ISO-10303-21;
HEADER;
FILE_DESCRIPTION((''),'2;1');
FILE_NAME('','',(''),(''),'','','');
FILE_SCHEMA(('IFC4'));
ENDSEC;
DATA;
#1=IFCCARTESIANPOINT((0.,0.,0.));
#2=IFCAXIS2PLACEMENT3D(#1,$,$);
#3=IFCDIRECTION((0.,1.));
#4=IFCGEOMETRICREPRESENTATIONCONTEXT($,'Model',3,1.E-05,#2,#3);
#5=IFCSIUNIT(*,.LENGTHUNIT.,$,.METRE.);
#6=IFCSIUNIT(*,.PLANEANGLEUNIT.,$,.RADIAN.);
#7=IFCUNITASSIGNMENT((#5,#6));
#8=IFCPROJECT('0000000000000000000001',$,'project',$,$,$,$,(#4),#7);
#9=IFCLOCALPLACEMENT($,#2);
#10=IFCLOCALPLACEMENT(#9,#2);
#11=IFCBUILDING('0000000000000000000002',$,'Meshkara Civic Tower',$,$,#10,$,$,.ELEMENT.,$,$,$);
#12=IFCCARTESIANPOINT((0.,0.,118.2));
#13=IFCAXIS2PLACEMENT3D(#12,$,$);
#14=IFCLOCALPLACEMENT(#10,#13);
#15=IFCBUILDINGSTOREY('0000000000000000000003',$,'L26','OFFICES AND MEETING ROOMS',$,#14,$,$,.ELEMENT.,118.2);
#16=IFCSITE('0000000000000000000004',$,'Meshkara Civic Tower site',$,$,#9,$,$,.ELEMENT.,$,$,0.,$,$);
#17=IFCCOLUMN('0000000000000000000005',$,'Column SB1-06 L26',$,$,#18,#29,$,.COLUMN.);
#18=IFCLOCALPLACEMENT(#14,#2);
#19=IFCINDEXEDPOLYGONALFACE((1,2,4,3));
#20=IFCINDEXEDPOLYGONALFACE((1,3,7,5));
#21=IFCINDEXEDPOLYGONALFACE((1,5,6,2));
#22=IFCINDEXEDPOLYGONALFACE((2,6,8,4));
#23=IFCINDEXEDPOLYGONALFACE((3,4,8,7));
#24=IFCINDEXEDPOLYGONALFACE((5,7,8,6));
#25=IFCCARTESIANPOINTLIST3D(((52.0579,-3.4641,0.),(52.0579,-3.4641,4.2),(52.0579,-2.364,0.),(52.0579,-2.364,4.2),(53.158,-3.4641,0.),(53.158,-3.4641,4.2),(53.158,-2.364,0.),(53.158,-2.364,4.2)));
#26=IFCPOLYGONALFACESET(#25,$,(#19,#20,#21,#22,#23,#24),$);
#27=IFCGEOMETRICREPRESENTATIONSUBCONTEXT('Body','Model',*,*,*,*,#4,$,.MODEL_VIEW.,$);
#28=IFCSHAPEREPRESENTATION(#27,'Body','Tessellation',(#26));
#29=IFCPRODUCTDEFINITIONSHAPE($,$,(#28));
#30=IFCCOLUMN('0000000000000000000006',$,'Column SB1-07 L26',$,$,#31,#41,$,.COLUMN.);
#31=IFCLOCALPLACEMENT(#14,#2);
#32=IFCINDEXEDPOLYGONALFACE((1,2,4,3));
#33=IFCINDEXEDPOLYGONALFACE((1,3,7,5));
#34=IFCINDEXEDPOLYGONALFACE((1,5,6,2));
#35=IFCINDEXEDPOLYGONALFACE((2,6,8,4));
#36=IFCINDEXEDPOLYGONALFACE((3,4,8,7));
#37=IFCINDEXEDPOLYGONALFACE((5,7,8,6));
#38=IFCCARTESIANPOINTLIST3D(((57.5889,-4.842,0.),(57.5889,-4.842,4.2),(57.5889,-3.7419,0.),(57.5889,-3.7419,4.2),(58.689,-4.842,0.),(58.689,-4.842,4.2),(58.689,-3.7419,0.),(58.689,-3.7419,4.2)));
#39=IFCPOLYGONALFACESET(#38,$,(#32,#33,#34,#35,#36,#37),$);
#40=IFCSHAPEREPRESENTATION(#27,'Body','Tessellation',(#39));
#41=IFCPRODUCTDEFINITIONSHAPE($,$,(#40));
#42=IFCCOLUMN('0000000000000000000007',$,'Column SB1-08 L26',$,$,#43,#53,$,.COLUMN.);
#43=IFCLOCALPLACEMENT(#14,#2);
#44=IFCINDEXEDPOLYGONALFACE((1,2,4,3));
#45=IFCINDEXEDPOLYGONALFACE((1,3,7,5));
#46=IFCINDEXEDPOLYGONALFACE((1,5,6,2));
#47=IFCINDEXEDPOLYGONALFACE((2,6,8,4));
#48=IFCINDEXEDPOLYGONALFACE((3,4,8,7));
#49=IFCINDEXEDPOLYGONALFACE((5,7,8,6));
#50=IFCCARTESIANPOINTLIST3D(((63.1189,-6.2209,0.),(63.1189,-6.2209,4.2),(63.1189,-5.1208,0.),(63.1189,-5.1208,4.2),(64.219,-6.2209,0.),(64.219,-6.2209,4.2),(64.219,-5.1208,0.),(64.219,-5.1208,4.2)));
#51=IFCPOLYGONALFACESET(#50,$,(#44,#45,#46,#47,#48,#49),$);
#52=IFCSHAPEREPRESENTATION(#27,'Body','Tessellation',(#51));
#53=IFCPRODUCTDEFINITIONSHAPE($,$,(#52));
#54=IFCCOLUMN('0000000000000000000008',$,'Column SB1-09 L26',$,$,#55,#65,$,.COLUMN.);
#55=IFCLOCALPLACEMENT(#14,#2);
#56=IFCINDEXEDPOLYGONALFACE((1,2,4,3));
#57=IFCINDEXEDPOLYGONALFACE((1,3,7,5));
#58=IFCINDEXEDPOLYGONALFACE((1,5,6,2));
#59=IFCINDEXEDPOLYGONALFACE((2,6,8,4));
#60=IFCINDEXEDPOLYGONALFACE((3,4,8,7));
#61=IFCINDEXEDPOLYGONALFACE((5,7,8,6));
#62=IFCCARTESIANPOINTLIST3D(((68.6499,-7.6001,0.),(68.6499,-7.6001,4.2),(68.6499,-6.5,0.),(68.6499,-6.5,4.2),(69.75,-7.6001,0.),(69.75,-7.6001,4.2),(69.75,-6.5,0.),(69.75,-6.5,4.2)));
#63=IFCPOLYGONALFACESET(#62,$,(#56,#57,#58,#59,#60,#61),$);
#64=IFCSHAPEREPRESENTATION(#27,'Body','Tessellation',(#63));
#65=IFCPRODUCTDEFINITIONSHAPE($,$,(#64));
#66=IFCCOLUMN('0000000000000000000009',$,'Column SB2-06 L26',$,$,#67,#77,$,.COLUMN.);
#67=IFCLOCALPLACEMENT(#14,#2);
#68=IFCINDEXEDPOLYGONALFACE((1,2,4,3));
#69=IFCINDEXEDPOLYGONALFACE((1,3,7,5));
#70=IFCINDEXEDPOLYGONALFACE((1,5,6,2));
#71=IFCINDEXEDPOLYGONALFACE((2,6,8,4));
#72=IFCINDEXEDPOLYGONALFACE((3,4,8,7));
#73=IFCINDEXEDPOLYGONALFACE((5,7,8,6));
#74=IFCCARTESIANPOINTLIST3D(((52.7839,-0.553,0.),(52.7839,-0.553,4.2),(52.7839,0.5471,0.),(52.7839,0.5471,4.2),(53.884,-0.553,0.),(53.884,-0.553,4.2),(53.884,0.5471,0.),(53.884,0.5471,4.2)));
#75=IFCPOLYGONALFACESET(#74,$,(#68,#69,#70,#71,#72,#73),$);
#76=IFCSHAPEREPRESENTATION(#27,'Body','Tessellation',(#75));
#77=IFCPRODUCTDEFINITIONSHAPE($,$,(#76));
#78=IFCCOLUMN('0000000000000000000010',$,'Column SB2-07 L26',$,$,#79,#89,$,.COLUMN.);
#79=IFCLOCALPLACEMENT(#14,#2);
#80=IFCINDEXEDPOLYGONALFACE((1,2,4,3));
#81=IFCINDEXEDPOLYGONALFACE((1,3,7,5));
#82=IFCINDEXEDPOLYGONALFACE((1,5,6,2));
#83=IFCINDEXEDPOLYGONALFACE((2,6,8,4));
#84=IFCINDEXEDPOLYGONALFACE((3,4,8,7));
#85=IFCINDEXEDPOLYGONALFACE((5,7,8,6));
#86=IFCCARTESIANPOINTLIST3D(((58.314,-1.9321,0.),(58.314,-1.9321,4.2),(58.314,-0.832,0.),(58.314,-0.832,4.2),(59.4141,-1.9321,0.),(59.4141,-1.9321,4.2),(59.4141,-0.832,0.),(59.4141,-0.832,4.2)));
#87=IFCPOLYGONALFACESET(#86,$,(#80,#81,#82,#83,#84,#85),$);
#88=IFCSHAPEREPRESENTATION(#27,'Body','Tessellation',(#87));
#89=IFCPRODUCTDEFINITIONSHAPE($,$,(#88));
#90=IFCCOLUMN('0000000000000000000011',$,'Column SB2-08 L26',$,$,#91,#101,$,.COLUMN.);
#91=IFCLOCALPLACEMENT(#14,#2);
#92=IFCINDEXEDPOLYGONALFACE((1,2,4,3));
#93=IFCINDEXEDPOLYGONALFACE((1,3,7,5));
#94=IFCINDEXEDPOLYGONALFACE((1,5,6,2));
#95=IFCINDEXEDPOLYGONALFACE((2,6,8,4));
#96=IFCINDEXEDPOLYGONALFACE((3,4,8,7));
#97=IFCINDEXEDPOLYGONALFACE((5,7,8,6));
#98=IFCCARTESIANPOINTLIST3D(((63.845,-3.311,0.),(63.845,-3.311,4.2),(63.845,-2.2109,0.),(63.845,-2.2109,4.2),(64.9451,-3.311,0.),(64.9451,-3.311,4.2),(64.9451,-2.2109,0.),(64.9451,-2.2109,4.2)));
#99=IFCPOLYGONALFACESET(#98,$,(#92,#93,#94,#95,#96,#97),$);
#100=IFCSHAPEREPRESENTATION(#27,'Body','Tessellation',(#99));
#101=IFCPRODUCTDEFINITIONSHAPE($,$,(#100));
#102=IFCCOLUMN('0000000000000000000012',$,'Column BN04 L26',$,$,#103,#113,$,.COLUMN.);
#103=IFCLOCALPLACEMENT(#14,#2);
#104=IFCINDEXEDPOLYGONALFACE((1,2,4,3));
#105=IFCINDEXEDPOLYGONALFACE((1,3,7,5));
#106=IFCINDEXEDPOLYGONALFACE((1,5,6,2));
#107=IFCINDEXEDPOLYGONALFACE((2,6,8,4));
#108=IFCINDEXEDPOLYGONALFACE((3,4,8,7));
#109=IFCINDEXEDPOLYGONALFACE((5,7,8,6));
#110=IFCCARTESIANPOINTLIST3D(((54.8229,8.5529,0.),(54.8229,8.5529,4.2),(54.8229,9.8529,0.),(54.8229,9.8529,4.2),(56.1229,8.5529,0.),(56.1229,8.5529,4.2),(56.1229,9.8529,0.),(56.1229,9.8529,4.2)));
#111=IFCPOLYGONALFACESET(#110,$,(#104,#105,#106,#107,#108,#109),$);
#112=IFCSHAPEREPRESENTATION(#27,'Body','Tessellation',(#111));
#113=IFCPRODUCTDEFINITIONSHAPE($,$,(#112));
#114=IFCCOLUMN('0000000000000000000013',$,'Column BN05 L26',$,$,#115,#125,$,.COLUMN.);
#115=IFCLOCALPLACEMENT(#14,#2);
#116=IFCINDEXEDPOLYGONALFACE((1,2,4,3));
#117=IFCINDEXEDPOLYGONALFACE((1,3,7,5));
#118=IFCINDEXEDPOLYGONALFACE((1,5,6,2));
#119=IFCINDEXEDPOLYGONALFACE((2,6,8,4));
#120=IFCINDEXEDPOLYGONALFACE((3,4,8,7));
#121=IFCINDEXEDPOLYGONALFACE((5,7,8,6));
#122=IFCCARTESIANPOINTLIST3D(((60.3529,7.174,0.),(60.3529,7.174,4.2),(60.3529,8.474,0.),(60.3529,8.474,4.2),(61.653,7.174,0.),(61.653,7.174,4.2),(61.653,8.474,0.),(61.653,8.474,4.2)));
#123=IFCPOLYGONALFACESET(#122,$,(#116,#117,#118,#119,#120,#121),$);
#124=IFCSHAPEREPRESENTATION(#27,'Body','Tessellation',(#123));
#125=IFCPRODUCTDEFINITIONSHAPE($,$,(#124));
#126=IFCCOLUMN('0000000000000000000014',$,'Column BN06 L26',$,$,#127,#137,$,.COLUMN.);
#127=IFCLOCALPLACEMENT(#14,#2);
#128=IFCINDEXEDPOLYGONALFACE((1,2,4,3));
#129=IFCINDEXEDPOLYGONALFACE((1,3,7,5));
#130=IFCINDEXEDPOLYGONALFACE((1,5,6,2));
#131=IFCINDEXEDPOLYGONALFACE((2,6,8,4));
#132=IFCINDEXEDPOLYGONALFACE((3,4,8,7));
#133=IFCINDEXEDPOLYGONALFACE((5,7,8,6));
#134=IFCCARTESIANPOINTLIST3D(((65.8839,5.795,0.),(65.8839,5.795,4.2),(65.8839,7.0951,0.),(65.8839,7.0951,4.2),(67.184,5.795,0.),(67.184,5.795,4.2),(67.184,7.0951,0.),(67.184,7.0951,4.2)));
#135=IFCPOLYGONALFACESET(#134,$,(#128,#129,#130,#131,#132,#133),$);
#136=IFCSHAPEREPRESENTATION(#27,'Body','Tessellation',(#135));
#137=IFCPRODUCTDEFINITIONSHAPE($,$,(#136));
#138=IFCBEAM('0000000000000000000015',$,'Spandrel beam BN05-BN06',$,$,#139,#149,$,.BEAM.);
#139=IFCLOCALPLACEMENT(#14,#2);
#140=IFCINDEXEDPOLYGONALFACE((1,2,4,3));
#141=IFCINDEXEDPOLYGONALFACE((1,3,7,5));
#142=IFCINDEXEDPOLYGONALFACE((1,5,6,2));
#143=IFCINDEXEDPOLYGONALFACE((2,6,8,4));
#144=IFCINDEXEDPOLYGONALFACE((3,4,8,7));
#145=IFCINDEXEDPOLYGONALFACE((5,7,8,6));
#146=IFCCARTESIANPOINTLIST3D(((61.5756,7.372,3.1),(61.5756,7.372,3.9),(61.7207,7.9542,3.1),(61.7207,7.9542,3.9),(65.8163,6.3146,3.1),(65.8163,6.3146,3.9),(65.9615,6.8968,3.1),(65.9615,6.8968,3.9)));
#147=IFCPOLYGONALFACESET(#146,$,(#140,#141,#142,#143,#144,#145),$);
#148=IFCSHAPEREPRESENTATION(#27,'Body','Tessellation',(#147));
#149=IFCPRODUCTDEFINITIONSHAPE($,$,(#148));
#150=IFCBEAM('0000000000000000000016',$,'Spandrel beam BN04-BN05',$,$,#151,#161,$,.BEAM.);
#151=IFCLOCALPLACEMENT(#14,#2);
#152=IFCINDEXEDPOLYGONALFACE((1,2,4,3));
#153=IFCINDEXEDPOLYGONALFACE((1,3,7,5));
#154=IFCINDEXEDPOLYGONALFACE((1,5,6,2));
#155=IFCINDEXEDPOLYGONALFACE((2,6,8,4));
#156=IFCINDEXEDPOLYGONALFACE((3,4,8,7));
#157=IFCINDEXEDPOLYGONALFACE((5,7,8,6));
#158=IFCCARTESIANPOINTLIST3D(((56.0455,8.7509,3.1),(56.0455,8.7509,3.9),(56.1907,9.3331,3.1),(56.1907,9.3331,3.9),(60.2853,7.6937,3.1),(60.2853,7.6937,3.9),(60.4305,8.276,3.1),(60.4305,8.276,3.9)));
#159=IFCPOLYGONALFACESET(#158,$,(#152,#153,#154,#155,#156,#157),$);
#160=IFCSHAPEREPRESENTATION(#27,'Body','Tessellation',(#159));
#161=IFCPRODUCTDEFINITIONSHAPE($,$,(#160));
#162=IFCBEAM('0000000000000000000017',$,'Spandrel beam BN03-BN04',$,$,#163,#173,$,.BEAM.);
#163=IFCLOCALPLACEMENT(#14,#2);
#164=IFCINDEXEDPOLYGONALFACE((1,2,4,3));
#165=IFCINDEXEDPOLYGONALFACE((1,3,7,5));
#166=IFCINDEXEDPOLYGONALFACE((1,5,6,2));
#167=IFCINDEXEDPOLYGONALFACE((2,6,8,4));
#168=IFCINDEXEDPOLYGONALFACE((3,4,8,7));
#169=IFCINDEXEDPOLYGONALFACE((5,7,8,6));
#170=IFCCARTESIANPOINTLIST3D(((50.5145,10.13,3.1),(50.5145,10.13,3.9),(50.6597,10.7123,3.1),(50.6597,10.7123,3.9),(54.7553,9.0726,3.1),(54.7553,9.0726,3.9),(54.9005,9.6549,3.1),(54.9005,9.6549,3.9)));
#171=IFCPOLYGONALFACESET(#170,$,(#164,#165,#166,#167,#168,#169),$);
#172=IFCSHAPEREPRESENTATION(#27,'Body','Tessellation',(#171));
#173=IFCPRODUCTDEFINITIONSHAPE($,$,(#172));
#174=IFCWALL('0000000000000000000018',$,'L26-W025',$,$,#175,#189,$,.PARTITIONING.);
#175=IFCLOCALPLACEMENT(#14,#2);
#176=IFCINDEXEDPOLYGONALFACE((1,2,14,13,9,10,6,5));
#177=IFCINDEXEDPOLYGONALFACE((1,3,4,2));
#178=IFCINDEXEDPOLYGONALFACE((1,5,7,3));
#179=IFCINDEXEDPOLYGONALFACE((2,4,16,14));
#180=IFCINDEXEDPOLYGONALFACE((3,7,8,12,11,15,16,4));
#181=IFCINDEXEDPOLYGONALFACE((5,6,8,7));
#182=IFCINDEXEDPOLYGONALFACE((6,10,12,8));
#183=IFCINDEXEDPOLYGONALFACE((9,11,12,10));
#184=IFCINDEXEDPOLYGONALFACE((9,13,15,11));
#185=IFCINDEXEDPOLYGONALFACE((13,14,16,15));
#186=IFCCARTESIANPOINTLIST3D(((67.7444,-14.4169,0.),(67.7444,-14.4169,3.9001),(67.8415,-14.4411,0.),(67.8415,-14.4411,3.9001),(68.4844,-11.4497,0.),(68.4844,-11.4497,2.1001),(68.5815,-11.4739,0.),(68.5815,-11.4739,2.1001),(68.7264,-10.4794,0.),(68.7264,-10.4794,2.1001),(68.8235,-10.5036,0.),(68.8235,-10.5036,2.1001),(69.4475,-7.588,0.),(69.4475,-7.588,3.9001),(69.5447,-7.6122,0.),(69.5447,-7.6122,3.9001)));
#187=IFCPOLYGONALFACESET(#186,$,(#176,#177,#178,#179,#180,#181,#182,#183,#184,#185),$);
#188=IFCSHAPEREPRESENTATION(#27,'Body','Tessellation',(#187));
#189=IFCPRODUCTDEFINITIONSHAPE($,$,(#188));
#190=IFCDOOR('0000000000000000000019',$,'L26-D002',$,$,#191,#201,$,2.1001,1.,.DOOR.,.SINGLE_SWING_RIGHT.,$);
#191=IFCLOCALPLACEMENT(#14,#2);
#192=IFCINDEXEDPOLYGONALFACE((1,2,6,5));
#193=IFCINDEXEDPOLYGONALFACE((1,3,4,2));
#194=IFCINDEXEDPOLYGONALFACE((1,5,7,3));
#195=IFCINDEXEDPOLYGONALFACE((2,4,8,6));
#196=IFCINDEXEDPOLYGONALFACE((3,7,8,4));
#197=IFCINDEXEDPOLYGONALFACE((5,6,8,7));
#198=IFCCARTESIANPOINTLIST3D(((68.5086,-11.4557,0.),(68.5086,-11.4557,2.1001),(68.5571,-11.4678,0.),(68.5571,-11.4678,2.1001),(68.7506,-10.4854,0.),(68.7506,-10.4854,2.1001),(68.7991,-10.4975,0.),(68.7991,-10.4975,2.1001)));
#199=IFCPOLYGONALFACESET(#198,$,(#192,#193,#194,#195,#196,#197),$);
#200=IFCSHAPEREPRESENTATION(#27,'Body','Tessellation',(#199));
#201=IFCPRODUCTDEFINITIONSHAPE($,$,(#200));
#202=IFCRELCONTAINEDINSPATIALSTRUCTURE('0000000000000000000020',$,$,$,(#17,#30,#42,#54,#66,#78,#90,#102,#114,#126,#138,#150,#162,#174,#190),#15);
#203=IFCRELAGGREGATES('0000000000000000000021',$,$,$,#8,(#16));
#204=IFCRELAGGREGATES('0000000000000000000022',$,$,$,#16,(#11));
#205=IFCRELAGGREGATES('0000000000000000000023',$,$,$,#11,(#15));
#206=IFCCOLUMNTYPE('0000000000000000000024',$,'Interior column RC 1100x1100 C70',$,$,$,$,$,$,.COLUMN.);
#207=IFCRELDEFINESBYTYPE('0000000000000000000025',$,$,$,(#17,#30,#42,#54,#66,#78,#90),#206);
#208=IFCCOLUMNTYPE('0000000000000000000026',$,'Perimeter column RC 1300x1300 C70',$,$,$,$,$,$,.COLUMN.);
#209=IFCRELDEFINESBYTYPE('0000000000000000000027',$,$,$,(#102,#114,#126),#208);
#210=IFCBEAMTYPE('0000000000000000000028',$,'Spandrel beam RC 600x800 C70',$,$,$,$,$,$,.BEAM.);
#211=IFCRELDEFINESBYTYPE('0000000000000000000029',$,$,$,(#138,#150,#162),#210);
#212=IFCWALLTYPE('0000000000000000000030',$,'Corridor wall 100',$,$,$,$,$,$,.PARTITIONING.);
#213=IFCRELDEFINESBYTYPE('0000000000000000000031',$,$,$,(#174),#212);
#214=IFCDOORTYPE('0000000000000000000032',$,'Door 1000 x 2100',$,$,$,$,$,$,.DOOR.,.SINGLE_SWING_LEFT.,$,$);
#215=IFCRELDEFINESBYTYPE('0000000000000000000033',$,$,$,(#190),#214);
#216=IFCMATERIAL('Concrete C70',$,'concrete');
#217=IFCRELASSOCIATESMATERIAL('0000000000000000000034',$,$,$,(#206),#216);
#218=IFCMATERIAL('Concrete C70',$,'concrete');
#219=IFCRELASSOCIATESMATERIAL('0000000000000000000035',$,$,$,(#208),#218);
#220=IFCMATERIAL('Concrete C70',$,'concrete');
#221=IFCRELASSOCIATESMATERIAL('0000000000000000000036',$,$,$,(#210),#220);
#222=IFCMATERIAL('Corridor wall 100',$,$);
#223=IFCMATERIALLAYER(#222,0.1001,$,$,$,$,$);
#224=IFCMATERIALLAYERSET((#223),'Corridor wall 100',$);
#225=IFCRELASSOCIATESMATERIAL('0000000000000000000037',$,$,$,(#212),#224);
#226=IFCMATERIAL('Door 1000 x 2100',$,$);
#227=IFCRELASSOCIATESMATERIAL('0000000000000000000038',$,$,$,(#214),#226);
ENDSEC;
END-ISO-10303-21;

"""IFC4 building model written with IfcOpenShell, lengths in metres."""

from ifc_helpers import new_model, si_unit, direction, frame, frame_2d, origin, origin_2d, place, context, subcontext, project, spatial, rectangle, extrude, material, layer, layer_set, material_profile, profile_set, type_object, element, fill, save


model = new_model("IFC4")

# Units and contexts
model_context = context("Model", 3, precision=1e-05, world=origin(), true_north=direction((0.0, 1.0)))
body_context = subcontext(model_context, "Body", "Model", "MODEL_VIEW")
ifc_project = project(units=[si_unit("LENGTHUNIT", "METRE"), si_unit("PLANEANGLEUNIT", "RADIAN")], contexts=[model_context])

# Site, building, storey
site_placement = place(None, origin())
site = spatial("IfcSite", under=ifc_project, at=site_placement, Name="Meshkara Civic Tower site", CompositionType="ELEMENT", RefElevation=0.0)
building_placement = place(site_placement, origin())
building = spatial("IfcBuilding", under=site, at=building_placement, Name="Meshkara Civic Tower", CompositionType="ELEMENT")
storey_placement = place(building_placement, frame((0.0, 0.0, 118.2)))
storey = spatial("IfcBuildingStorey", under=building, at=storey_placement, Name="L26", Description="OFFICES AND MEETING ROOMS", CompositionType="ELEMENT", Elevation=118.2)

# Columns
ifc_material_1 = material(Name="Concrete C70", Category="concrete")
ifc_material_profile_1 = material_profile(ifc_material_1, rectangle(XDim=1.1001, YDim=1.1001, at=origin_2d()))
ifc_profile_set_1 = profile_set([ifc_material_profile_1], Name="Concrete C70")
column_type_1 = type_object("IfcColumnType", Name="Interior column RC 1100x1100 C70", PredefinedType="COLUMN", material=ifc_profile_set_1)
for number, where, z_axis, x_axis, name in (
    (1, (52.6079, -2.9141, 0.0), (0.0, 0.0, 1.0), (1.0, 0.0, 0.0), "Column SB1-06 L26"),
    (2, (58.1389, -4.292, 0.0), (0.0, 0.0, 1.0), (1.0, 0.0, 0.0), "Column SB1-07 L26"),
    (3, (63.6689, -5.6709, 0.0), (0.0, 0.0, 1.0), (1.0, 0.0, 0.0), "Column SB1-08 L26"),
    (4, (69.2, -7.05, 0.0), (0.0, 0.0, 1.0), (1.0, 0.0, 0.0), "Column SB1-09 L26"),
    (5, (53.334, -0.0029, 0.0), (0.0, 0.0, 1.0), (1.0, 0.0, 0.0), "Column SB2-06 L26"),
    (6, (58.864, -1.3821, 0.0), (0.0, 0.0, 1.0), (1.0, 0.0, 0.0), "Column SB2-07 L26"),
    (7, (64.395, -2.761, 0.0), (0.0, 0.0, 1.0), (1.0, 0.0, 0.0), "Column SB2-08 L26"),
):
    element("IfcColumn", number, at=place(storey_placement, frame(where, z_axis=z_axis, x_axis=x_axis)), inside=storey, type_object=column_type_1, Name=name, PredefinedType="COLUMN", context=body_context, shape_type="SweptSolid", body=[
        extrude(rectangle(XDim=1.1001, YDim=1.1001, at=origin_2d()), origin(), (0.0, 0.0, 1.0), 4.2),
    ])
ifc_material_2 = material(Name="Concrete C70", Category="concrete")
ifc_material_profile_2 = material_profile(ifc_material_2, rectangle(XDim=1.3, YDim=1.3, at=origin_2d()))
ifc_profile_set_2 = profile_set([ifc_material_profile_2], Name="Concrete C70")
column_type_2 = type_object("IfcColumnType", Name="Perimeter column RC 1300x1300 C70", PredefinedType="COLUMN", material=ifc_profile_set_2)
for number, where, z_axis, x_axis, name in (
    (8, (55.4729, 9.2029, 0.0), (0.0, 0.0, 1.0), (1.0, 0.0, 0.0), "Column BN04 L26"),
    (9, (61.0029, 7.824, 0.0), (0.0, 0.0, 1.0), (1.0, 0.0, 0.0), "Column BN05 L26"),
    (10, (66.5339, 6.4451, 0.0), (0.0, 0.0, 1.0), (1.0, 0.0, 0.0), "Column BN06 L26"),
):
    element("IfcColumn", number, at=place(storey_placement, frame(where, z_axis=z_axis, x_axis=x_axis)), inside=storey, type_object=column_type_2, Name=name, PredefinedType="COLUMN", context=body_context, shape_type="SweptSolid", body=[
        extrude(rectangle(XDim=1.3, YDim=1.3, at=origin_2d()), origin(), (0.0, 0.0, 1.0), 4.2),
    ])

# Beams
ifc_material_3 = material(Name="Concrete C70", Category="concrete")
ifc_material_profile_3 = material_profile(ifc_material_3, rectangle(XDim=0.6001, YDim=0.8, at=origin_2d()))
ifc_profile_set_3 = profile_set([ifc_material_profile_3], Name="Concrete C70")
beam_type = type_object("IfcBeamType", Name="Spandrel beam RC 600x800 C70", PredefinedType="BEAM", material=ifc_profile_set_3)
beam_1_placement = place(storey_placement, frame((65.8889, 6.6057, 3.5), z_axis=(-0.970293, 0.241931, 0.0), x_axis=(-0.241931, -0.970293, 0.0)))
element("IfcBeam", 11, at=beam_1_placement, inside=storey, type_object=beam_type, Name="Spandrel beam BN05-BN06", PredefinedType="BEAM", context=body_context, shape_type="SweptSolid", body=[
    extrude(rectangle(XDim=0.6001, YDim=0.8, at=origin_2d()), origin(), (0.0, 0.0, 1.0), 4.3706),
])
beam_2_placement = place(storey_placement, frame((60.3579, 7.9849, 3.5), z_axis=(-0.970293, 0.241931, 0.0), x_axis=(-0.241931, -0.970293, 0.0)))
element("IfcBeam", 12, at=beam_2_placement, inside=storey, type_object=beam_type, Name="Spandrel beam BN04-BN05", PredefinedType="BEAM", context=body_context, shape_type="SweptSolid", body=[
    extrude(rectangle(XDim=0.6001, YDim=0.8, at=origin_2d()), origin(), (0.0, 0.0, 1.0), 4.3696),
])
beam_3_placement = place(storey_placement, frame((54.8279, 9.3638, 3.5), z_axis=(-0.970293, 0.241931, 0.0), x_axis=(-0.241931, -0.970293, 0.0)))
element("IfcBeam", 13, at=beam_3_placement, inside=storey, type_object=beam_type, Name="Spandrel beam BN03-BN04", PredefinedType="BEAM", context=body_context, shape_type="SweptSolid", body=[
    extrude(rectangle(XDim=0.6001, YDim=0.8, at=origin_2d()), origin(), (0.0, 0.0, 1.0), 4.3706),
])

# Wall, opening, door
ifc_material_4 = material(Name="Corridor wall 100")
ifc_layer_1 = layer(ifc_material_4, 0.1001)
ifc_layer_set_1 = layer_set([ifc_layer_1], Name="Corridor wall 100")
wall_type_1 = type_object("IfcWallType", Name="Corridor wall 100", PredefinedType="PARTITIONING", material=ifc_layer_set_1)
wall_1_placement = place(storey_placement, frame((69.4961, -7.6001, 0.0), z_axis=(0.0, 0.0, 1.0), x_axis=(-0.241989, -0.970279, 0.0)))
wall_1 = element("IfcWall", 14, at=wall_1_placement, inside=storey, type_object=wall_type_1, Name="L26-W025", PredefinedType="PARTITIONING", context=body_context, shape_type="SweptSolid", body=[
    extrude(rectangle(XDim=7.0381, YDim=0.1001, at=frame_2d((3.519, 0.0))), origin(), (0.0, 0.0, 1.0), 3.9001),
])
opening_1_placement = place(wall_1_placement, frame((2.98, 0.0, 0.0)))
opening_1 = element("IfcOpeningElement", 15, at=opening_1_placement, cuts=wall_1, PredefinedType="OPENING", context=body_context, shape_type="SweptSolid", body=[
    extrude(rectangle(XDim=1.0, YDim=2.1001, at=frame_2d((0.5, 1.05))), frame((0.0, 0.0601, 0.0), z_axis=(0.0, -1.0, 0.0), x_axis=(1.0, 0.0, 0.0)), (0.0, 0.0, 1.0), 0.1201),
])
ifc_material_5 = material(Name="Door 1000 x 2100")
door_type = type_object("IfcDoorType", Name="Door 1000 x 2100", OperationType="SINGLE_SWING_LEFT", PredefinedType="DOOR", material=ifc_material_5)
door_placement = place(opening_1_placement, origin())
door = element("IfcDoor", 16, at=door_placement, inside=storey, type_object=door_type, Name="L26-D002", OperationType="SINGLE_SWING_RIGHT", OverallHeight=2.1001, OverallWidth=1.0, PredefinedType="DOOR", context=body_context, shape_type="SweptSolid", body=[
    extrude(rectangle(XDim=1.0, YDim=2.1001, at=frame_2d((0.5, 1.05))), frame((0.0, 0.0249, 0.0), z_axis=(0.0, -1.0, 0.0), x_axis=(1.0, 0.0, 0.0)), (0.0, 0.0, 1.0), 0.05),
])
fill(opening_1, door)

save(model, "model.ifc")
